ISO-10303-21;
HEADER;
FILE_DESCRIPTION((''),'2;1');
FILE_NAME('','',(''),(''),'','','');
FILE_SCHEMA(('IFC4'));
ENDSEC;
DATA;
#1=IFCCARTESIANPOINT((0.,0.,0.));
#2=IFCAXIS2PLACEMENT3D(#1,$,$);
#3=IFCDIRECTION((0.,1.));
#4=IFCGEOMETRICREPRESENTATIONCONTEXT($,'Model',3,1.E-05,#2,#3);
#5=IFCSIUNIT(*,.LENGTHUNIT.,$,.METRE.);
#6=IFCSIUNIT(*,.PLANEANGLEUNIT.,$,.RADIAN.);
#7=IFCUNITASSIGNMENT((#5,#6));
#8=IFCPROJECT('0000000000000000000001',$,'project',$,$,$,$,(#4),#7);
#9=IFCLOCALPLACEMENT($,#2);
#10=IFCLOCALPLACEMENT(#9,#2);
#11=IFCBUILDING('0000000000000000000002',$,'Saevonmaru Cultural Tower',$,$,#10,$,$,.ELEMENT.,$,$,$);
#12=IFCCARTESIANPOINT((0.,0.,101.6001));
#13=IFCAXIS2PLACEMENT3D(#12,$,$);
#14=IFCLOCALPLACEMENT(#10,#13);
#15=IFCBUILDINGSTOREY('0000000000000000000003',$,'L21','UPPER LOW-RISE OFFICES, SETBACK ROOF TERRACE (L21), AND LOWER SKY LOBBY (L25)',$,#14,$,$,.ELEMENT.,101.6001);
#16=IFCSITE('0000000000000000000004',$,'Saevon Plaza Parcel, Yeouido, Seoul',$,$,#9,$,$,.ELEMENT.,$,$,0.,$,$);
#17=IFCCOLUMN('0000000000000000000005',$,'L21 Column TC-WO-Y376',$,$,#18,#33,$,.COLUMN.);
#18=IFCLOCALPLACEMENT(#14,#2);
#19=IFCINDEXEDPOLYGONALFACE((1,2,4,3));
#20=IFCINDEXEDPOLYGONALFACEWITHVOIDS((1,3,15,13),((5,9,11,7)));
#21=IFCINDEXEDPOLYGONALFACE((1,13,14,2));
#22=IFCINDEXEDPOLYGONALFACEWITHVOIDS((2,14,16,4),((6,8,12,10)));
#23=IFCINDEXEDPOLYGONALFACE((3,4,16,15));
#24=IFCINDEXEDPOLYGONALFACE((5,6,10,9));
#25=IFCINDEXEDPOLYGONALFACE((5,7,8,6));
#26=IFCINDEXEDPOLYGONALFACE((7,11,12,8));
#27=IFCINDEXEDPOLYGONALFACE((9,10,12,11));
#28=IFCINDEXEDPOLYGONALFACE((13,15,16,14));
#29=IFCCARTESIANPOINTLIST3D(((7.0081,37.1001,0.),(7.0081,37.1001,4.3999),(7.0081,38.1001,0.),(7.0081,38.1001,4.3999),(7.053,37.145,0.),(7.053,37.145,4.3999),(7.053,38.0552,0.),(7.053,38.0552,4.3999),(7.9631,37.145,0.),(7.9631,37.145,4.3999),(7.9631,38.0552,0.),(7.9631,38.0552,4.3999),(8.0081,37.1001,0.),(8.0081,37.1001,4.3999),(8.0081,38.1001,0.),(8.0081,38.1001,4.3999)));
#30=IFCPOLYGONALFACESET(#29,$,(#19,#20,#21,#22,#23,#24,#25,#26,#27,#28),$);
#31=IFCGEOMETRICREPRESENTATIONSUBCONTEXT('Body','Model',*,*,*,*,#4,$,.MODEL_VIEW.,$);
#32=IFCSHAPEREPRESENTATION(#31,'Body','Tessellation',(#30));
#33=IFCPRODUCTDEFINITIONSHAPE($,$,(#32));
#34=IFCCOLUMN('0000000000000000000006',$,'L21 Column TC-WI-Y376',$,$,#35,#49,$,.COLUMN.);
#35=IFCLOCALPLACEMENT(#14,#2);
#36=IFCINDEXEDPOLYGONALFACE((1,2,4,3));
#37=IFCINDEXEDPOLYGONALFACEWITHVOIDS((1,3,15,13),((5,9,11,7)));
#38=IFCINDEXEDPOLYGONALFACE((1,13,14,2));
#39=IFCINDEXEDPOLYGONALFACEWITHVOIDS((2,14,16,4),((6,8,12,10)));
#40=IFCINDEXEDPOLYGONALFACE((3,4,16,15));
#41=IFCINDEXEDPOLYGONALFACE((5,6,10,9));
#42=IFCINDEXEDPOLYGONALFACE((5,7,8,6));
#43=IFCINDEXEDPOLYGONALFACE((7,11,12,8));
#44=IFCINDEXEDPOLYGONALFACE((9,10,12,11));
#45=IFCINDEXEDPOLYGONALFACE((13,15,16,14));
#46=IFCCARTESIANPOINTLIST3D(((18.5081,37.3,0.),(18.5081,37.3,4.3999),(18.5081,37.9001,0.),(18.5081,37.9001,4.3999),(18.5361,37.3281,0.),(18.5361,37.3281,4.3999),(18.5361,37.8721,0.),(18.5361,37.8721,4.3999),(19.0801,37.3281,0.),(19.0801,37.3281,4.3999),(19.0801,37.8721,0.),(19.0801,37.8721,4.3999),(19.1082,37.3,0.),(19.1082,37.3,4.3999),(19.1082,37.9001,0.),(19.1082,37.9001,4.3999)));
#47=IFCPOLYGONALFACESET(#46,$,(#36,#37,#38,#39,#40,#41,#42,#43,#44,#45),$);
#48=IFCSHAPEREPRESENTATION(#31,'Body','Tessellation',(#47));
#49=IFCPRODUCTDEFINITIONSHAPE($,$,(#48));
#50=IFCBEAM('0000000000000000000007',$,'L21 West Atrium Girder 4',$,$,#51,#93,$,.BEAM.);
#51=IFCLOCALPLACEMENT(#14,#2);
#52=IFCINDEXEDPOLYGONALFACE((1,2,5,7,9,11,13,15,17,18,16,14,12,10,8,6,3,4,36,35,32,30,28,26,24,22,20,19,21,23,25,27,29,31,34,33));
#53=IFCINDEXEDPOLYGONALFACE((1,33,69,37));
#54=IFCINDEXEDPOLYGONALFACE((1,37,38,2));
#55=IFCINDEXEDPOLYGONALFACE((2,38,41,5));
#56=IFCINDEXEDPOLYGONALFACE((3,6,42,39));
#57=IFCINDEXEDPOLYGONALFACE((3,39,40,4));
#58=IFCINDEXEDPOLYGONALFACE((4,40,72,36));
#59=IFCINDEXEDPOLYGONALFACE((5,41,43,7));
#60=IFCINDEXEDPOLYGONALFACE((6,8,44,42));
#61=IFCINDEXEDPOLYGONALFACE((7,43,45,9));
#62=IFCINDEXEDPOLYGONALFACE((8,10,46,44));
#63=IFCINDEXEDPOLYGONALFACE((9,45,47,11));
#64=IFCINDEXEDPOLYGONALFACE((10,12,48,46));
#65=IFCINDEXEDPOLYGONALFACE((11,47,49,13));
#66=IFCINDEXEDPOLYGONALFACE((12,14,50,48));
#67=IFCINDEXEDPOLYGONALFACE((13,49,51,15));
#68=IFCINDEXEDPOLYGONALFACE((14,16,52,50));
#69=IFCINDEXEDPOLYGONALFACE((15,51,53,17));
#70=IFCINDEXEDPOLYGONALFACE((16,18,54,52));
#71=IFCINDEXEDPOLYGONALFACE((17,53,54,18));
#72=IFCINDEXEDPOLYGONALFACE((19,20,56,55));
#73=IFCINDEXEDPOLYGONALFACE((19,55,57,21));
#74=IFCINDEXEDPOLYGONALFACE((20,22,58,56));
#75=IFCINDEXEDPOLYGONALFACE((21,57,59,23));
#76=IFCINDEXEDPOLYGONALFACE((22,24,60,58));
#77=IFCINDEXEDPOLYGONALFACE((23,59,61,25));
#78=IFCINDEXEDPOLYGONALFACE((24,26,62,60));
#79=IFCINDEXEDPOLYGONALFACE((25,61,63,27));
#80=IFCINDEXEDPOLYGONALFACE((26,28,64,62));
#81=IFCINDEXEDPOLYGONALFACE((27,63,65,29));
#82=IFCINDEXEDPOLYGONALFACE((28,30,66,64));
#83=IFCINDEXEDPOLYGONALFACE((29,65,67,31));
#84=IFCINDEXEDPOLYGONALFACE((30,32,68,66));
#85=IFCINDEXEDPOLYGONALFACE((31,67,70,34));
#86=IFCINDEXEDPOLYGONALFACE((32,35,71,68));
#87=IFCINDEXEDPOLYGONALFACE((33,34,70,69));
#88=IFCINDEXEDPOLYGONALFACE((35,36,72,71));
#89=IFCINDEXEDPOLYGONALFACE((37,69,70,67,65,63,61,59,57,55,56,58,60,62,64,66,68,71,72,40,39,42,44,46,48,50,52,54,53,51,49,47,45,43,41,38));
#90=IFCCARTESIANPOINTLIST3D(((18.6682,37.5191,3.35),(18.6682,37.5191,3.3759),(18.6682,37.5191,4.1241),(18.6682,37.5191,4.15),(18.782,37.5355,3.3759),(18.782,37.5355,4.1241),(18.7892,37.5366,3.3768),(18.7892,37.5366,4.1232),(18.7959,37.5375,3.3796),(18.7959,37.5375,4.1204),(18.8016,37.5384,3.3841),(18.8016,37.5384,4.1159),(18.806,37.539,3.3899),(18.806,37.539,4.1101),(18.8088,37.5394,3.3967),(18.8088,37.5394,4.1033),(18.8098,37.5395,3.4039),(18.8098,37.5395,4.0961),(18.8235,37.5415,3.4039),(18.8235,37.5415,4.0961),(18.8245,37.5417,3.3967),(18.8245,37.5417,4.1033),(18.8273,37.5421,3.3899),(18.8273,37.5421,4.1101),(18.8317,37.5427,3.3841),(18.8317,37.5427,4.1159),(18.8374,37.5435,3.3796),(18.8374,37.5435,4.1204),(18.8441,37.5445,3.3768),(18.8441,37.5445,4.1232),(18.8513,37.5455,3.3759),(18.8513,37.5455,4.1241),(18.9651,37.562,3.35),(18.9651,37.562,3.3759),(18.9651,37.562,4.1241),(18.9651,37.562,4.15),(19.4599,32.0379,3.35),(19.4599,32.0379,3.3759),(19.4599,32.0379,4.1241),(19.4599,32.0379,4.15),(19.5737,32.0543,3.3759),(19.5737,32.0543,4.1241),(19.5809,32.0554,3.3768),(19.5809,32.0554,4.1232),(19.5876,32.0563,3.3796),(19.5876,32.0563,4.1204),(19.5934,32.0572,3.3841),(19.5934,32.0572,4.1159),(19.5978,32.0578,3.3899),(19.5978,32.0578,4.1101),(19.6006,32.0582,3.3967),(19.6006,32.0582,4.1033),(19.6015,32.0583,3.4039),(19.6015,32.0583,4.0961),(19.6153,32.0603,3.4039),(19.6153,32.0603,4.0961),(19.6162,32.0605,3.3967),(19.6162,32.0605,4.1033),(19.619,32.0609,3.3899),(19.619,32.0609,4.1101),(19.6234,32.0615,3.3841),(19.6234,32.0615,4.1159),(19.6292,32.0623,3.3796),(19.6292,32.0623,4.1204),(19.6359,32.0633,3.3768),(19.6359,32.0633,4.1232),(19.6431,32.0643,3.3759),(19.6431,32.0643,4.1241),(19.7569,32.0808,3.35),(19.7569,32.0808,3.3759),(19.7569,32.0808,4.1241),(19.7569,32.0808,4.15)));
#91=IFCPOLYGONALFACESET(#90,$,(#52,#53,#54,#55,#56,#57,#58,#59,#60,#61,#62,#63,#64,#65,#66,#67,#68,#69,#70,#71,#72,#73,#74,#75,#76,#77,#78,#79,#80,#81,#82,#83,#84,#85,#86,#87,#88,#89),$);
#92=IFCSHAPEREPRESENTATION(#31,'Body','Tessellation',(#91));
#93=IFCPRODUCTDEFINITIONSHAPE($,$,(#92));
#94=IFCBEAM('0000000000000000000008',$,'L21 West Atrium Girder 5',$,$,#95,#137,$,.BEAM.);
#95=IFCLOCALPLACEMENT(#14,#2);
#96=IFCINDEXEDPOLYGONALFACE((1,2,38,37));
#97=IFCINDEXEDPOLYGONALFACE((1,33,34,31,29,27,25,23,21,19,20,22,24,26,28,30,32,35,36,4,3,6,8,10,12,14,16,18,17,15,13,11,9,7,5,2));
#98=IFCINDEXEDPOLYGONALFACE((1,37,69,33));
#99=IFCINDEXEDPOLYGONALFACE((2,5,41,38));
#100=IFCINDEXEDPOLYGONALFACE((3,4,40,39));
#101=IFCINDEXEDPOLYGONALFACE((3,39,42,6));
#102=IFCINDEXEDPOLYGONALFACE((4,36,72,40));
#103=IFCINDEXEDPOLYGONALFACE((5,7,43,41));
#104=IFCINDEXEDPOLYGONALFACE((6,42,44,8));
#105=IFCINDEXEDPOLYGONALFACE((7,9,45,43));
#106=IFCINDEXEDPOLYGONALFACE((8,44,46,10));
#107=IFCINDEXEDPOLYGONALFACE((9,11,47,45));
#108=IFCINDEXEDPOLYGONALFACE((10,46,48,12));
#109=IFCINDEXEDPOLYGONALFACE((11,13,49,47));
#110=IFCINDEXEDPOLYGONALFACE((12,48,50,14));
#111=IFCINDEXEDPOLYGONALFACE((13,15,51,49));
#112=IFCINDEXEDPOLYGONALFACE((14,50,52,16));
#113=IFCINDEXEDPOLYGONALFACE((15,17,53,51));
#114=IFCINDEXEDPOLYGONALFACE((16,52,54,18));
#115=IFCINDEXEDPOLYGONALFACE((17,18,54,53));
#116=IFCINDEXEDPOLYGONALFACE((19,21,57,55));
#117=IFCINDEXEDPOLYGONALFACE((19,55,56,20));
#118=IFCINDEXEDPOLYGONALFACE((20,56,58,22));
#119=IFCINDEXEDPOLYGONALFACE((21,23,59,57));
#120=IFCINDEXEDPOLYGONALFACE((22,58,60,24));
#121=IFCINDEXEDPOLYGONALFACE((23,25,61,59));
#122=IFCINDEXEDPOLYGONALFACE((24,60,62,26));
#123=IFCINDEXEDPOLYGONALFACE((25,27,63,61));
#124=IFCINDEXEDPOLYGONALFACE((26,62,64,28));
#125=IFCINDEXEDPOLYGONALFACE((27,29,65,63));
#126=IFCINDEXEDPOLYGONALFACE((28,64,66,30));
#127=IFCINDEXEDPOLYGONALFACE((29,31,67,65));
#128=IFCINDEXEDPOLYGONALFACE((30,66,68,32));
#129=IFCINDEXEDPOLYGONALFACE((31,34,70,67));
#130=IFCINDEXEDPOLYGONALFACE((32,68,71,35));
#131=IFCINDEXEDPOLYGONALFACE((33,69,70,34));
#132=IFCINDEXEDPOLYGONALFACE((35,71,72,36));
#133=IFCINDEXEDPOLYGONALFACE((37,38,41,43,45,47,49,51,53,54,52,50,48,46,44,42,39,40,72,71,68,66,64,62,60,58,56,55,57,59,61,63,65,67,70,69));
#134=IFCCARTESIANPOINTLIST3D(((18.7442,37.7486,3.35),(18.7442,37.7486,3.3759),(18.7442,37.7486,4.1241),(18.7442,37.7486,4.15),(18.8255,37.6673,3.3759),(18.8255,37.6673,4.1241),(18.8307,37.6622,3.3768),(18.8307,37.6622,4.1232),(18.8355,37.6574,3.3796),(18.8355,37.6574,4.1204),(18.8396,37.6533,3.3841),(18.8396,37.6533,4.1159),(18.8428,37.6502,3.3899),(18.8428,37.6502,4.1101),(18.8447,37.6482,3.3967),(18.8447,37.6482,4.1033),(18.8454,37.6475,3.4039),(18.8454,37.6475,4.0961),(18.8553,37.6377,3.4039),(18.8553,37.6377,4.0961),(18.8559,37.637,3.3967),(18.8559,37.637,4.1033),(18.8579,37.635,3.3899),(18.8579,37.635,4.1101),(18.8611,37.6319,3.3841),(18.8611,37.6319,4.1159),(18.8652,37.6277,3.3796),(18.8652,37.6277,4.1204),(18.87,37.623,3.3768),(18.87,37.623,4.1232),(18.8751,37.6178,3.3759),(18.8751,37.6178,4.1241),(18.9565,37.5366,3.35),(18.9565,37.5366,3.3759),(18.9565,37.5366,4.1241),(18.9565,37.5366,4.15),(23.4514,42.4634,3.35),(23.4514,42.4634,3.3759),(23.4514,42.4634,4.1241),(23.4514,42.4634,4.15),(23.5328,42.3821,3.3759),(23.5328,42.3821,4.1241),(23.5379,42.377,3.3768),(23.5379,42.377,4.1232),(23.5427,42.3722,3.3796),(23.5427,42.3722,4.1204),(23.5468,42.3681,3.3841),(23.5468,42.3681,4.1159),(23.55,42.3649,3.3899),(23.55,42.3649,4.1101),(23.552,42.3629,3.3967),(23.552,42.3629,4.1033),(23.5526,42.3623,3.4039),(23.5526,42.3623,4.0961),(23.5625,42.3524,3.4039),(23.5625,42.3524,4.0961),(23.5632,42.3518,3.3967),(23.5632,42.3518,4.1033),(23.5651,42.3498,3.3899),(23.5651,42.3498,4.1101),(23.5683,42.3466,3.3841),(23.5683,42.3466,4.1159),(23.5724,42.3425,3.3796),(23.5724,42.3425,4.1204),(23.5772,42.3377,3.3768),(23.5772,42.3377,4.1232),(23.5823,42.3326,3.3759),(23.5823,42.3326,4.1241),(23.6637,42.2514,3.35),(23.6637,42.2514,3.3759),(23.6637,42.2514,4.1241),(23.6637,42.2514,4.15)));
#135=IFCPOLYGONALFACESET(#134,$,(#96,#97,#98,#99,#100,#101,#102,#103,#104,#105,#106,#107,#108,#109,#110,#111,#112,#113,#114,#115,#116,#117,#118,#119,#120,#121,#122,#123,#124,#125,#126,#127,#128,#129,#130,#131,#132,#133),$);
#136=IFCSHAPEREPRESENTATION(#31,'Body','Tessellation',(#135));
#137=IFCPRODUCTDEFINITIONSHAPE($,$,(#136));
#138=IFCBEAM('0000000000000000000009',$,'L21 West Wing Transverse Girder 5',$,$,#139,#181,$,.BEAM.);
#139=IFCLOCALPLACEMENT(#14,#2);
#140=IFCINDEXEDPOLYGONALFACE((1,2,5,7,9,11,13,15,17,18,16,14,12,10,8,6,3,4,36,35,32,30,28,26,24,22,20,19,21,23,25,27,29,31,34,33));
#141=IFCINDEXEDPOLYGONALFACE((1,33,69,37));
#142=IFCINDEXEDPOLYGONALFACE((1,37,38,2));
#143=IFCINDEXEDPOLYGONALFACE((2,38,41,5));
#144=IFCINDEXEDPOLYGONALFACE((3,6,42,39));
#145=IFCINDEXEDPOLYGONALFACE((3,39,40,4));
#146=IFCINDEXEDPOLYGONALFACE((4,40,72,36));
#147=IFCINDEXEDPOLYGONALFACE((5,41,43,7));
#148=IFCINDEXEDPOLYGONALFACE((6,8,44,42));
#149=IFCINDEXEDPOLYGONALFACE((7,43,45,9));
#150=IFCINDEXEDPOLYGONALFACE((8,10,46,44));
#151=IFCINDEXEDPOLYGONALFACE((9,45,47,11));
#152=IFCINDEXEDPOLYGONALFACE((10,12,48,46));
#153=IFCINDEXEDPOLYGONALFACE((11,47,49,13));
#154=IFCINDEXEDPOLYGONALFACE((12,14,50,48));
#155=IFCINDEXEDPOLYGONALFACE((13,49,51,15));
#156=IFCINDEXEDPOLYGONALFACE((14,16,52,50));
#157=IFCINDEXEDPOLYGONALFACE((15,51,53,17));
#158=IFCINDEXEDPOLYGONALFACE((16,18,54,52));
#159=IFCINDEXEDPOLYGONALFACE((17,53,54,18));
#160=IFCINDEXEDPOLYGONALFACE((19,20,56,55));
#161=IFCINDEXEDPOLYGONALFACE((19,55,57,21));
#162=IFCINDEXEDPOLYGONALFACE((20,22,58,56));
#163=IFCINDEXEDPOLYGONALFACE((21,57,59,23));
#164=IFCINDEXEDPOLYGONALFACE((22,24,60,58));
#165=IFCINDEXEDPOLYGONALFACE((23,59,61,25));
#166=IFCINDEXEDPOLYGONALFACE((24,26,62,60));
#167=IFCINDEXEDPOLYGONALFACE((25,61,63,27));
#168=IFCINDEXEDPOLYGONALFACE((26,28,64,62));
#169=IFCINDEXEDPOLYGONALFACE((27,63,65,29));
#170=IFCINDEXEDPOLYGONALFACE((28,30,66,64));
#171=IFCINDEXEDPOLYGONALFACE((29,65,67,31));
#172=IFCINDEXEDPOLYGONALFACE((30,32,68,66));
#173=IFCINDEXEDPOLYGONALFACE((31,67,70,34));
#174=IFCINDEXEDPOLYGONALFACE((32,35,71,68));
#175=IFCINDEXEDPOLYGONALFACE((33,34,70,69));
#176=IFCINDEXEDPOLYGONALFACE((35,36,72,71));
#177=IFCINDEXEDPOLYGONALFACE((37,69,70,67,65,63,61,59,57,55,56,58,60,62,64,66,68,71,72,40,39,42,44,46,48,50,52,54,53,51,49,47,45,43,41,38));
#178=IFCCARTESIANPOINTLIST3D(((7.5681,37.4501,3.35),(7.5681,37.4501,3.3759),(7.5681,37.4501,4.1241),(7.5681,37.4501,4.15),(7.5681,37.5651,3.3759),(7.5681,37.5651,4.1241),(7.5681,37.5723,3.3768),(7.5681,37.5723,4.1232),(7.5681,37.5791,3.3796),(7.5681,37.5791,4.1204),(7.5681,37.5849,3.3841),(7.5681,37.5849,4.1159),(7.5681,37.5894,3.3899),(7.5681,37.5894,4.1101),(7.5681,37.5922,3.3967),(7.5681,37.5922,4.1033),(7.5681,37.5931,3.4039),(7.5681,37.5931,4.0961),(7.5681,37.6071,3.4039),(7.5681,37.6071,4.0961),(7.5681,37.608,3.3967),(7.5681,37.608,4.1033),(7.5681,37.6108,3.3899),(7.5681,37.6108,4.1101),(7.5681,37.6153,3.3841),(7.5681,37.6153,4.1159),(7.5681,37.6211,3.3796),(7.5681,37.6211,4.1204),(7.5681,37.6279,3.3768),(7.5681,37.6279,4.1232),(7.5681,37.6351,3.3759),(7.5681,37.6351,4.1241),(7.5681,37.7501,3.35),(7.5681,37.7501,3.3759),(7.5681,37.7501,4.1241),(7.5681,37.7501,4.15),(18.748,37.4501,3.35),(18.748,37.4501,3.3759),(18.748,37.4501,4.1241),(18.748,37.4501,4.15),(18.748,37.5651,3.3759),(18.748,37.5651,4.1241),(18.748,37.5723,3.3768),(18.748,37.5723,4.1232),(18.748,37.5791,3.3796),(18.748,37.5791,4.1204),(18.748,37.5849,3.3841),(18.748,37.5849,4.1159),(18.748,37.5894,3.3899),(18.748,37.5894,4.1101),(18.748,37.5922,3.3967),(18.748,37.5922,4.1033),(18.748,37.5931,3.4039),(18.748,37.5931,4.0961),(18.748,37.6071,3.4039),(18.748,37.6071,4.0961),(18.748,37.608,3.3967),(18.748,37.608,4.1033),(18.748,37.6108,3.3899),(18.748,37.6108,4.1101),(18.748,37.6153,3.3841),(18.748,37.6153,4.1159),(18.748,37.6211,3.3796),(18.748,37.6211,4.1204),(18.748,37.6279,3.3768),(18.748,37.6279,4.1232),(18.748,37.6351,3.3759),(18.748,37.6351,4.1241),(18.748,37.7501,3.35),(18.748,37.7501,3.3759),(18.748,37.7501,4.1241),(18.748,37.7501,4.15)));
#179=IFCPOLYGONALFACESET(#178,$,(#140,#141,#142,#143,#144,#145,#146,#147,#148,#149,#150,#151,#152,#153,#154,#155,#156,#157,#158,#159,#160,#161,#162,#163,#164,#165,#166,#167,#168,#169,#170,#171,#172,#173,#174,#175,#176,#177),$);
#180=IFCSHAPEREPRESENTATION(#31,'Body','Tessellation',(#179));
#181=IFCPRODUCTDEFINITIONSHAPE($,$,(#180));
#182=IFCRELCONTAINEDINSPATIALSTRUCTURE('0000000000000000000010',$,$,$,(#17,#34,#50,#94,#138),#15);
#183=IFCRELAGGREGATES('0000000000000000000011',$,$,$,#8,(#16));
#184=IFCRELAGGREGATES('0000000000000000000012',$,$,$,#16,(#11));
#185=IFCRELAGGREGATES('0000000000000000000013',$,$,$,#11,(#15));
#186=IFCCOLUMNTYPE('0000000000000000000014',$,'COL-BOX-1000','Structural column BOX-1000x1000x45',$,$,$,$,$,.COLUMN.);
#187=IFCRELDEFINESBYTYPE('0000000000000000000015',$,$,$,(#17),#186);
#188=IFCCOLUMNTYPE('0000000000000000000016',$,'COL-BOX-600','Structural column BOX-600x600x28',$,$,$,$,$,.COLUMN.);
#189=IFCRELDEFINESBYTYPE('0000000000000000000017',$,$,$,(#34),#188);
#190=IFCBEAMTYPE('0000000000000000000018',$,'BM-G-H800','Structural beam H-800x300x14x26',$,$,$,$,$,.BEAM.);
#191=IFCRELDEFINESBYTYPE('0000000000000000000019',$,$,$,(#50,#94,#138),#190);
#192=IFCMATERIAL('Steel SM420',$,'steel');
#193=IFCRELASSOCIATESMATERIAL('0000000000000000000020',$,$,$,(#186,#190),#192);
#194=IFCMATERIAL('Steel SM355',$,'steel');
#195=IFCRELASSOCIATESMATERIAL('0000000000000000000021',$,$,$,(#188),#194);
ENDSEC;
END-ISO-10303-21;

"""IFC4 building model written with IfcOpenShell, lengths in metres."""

from ifc_helpers import new_model, si_unit, direction, frame, origin, origin_2d, place, context, subcontext, project, spatial, hollow_rectangle, i_section, extrude, material, material_profile, profile_set, type_object, element, save


model = new_model("IFC4")

# Units and contexts
model_context = context("Model", 3, precision=1e-05, world=origin(), true_north=direction((0.0, 1.0)))
body_context = subcontext(model_context, "Body", "Model", "MODEL_VIEW")
ifc_project = project(units=[si_unit("LENGTHUNIT", "METRE"), si_unit("PLANEANGLEUNIT", "RADIAN")], contexts=[model_context])

# Site, building, storey
site_placement = place(None, origin())
site = spatial("IfcSite", under=ifc_project, at=site_placement, Name="Saevon Plaza Parcel, Yeouido, Seoul", CompositionType="ELEMENT", RefElevation=0.0)
building_placement = place(site_placement, origin())
building = spatial("IfcBuilding", under=site, at=building_placement, Name="Saevonmaru Cultural Tower", CompositionType="ELEMENT")
storey_placement = place(building_placement, frame((0.0, 0.0, 101.6001)))
storey = spatial("IfcBuildingStorey", under=building, at=storey_placement, Name="L21", Description="UPPER LOW-RISE OFFICES, SETBACK ROOF TERRACE (L21), AND LOWER SKY LOBBY (L25)", CompositionType="ELEMENT", Elevation=101.6001)

# Columns
ifc_material_1 = material(Name="Steel SM420", Category="steel")
ifc_material_profile_1 = material_profile(ifc_material_1, hollow_rectangle(XDim=1.0, YDim=1.0, WallThickness=0.0449, at=origin_2d()), Name="BOX-1000x1000x45")
ifc_profile_set_1 = profile_set([ifc_material_profile_1], Name="Steel SM420")
column_type_1 = type_object("IfcColumnType", Name="COL-BOX-1000", Description="Structural column BOX-1000x1000x45", PredefinedType="COLUMN", material=ifc_profile_set_1)
column_1_placement = place(storey_placement, frame((7.5081, 37.6001, 0.0), z_axis=(0.0, 0.0, 1.0), x_axis=(1.0, 0.0, 0.0)))
element("IfcColumn", 1, at=column_1_placement, inside=storey, type_object=column_type_1, Name="L21 Column TC-WO-Y376", PredefinedType="COLUMN", context=body_context, shape_type="SweptSolid", body=[
    extrude(hollow_rectangle(XDim=1.0, YDim=1.0, WallThickness=0.0449, at=origin_2d()), origin(), (0.0, 0.0, 1.0), 4.3999),
])
ifc_material_2 = material(Name="Steel SM355", Category="steel")
ifc_material_profile_2 = material_profile(ifc_material_2, hollow_rectangle(XDim=0.6001, YDim=0.6001, WallThickness=0.0281, at=origin_2d()), Name="BOX-600x600x28")
ifc_profile_set_2 = profile_set([ifc_material_profile_2], Name="Steel SM355")
column_type_2 = type_object("IfcColumnType", Name="COL-BOX-600", Description="Structural column BOX-600x600x28", PredefinedType="COLUMN", material=ifc_profile_set_2)
column_2_placement = place(storey_placement, frame((18.8081, 37.6001, 0.0), z_axis=(0.0, 0.0, 1.0), x_axis=(1.0, 0.0, 0.0)))
element("IfcColumn", 2, at=column_2_placement, inside=storey, type_object=column_type_2, Name="L21 Column TC-WI-Y376", PredefinedType="COLUMN", context=body_context, shape_type="SweptSolid", body=[
    extrude(hollow_rectangle(XDim=0.6001, YDim=0.6001, WallThickness=0.0281, at=origin_2d()), origin(), (0.0, 0.0, 1.0), 4.3999),
])

# Beams
ifc_material_profile_3 = material_profile(ifc_material_1, i_section(OverallWidth=0.3, OverallDepth=0.8, WebThickness=0.0139, FlangeThickness=0.0259, FilletRadius=0.0281, at=origin_2d()), Name="H-800x300x14x26")
ifc_profile_set_3 = profile_set([ifc_material_profile_3], Name="Steel SM420")
beam_type_1 = type_object("IfcBeamType", Name="BM-G-H800", Description="Structural beam H-800x300x14x26", PredefinedType="BEAM", material=ifc_profile_set_3)
beam_1_placement = place(storey_placement, frame((19.6084, 32.0593, 3.75), z_axis=(-0.142964, 0.989728, 0.0), x_axis=(-0.989728, -0.142964, 0.0)))
element("IfcBeam", 3, at=beam_1_placement, inside=storey, type_object=beam_type_1, Name="L21 West Atrium Girder 4", PredefinedType="BEAM", context=body_context, shape_type="SweptSolid", body=[
    extrude(i_section(OverallWidth=0.3, OverallDepth=0.8, WebThickness=0.0139, FlangeThickness=0.0259, FilletRadius=0.0281, at=origin_2d()), origin(), (0.0, 0.0, 1.0), 5.5381),
])
beam_2_placement = place(storey_placement, frame((18.8503, 37.6426, 3.75), z_axis=(0.706539, 0.707675, 0.0), x_axis=(-0.707675, 0.706539, 0.0)))
element("IfcBeam", 4, at=beam_2_placement, inside=storey, type_object=beam_type_1, Name="L21 West Atrium Girder 5", PredefinedType="BEAM", context=body_context, shape_type="SweptSolid", body=[
    extrude(i_section(OverallWidth=0.3, OverallDepth=0.8, WebThickness=0.0139, FlangeThickness=0.0259, FilletRadius=0.0281, at=origin_2d()), origin(), (0.0, 0.0, 1.0), 6.6624),
])
beam_3_placement = place(storey_placement, frame((7.5681, 37.6001, 3.75), z_axis=(1.0, 0.0, 0.0), x_axis=(0.0, 1.0, 0.0)))
element("IfcBeam", 5, at=beam_3_placement, inside=storey, type_object=beam_type_1, Name="L21 West Wing Transverse Girder 5", PredefinedType="BEAM", context=body_context, shape_type="SweptSolid", body=[
    extrude(i_section(OverallWidth=0.3, OverallDepth=0.8, WebThickness=0.0139, FlangeThickness=0.0259, FilletRadius=0.0281, at=origin_2d()), origin(), (0.0, 0.0, 1.0), 11.1799),
])

save(model, "model.ifc")
